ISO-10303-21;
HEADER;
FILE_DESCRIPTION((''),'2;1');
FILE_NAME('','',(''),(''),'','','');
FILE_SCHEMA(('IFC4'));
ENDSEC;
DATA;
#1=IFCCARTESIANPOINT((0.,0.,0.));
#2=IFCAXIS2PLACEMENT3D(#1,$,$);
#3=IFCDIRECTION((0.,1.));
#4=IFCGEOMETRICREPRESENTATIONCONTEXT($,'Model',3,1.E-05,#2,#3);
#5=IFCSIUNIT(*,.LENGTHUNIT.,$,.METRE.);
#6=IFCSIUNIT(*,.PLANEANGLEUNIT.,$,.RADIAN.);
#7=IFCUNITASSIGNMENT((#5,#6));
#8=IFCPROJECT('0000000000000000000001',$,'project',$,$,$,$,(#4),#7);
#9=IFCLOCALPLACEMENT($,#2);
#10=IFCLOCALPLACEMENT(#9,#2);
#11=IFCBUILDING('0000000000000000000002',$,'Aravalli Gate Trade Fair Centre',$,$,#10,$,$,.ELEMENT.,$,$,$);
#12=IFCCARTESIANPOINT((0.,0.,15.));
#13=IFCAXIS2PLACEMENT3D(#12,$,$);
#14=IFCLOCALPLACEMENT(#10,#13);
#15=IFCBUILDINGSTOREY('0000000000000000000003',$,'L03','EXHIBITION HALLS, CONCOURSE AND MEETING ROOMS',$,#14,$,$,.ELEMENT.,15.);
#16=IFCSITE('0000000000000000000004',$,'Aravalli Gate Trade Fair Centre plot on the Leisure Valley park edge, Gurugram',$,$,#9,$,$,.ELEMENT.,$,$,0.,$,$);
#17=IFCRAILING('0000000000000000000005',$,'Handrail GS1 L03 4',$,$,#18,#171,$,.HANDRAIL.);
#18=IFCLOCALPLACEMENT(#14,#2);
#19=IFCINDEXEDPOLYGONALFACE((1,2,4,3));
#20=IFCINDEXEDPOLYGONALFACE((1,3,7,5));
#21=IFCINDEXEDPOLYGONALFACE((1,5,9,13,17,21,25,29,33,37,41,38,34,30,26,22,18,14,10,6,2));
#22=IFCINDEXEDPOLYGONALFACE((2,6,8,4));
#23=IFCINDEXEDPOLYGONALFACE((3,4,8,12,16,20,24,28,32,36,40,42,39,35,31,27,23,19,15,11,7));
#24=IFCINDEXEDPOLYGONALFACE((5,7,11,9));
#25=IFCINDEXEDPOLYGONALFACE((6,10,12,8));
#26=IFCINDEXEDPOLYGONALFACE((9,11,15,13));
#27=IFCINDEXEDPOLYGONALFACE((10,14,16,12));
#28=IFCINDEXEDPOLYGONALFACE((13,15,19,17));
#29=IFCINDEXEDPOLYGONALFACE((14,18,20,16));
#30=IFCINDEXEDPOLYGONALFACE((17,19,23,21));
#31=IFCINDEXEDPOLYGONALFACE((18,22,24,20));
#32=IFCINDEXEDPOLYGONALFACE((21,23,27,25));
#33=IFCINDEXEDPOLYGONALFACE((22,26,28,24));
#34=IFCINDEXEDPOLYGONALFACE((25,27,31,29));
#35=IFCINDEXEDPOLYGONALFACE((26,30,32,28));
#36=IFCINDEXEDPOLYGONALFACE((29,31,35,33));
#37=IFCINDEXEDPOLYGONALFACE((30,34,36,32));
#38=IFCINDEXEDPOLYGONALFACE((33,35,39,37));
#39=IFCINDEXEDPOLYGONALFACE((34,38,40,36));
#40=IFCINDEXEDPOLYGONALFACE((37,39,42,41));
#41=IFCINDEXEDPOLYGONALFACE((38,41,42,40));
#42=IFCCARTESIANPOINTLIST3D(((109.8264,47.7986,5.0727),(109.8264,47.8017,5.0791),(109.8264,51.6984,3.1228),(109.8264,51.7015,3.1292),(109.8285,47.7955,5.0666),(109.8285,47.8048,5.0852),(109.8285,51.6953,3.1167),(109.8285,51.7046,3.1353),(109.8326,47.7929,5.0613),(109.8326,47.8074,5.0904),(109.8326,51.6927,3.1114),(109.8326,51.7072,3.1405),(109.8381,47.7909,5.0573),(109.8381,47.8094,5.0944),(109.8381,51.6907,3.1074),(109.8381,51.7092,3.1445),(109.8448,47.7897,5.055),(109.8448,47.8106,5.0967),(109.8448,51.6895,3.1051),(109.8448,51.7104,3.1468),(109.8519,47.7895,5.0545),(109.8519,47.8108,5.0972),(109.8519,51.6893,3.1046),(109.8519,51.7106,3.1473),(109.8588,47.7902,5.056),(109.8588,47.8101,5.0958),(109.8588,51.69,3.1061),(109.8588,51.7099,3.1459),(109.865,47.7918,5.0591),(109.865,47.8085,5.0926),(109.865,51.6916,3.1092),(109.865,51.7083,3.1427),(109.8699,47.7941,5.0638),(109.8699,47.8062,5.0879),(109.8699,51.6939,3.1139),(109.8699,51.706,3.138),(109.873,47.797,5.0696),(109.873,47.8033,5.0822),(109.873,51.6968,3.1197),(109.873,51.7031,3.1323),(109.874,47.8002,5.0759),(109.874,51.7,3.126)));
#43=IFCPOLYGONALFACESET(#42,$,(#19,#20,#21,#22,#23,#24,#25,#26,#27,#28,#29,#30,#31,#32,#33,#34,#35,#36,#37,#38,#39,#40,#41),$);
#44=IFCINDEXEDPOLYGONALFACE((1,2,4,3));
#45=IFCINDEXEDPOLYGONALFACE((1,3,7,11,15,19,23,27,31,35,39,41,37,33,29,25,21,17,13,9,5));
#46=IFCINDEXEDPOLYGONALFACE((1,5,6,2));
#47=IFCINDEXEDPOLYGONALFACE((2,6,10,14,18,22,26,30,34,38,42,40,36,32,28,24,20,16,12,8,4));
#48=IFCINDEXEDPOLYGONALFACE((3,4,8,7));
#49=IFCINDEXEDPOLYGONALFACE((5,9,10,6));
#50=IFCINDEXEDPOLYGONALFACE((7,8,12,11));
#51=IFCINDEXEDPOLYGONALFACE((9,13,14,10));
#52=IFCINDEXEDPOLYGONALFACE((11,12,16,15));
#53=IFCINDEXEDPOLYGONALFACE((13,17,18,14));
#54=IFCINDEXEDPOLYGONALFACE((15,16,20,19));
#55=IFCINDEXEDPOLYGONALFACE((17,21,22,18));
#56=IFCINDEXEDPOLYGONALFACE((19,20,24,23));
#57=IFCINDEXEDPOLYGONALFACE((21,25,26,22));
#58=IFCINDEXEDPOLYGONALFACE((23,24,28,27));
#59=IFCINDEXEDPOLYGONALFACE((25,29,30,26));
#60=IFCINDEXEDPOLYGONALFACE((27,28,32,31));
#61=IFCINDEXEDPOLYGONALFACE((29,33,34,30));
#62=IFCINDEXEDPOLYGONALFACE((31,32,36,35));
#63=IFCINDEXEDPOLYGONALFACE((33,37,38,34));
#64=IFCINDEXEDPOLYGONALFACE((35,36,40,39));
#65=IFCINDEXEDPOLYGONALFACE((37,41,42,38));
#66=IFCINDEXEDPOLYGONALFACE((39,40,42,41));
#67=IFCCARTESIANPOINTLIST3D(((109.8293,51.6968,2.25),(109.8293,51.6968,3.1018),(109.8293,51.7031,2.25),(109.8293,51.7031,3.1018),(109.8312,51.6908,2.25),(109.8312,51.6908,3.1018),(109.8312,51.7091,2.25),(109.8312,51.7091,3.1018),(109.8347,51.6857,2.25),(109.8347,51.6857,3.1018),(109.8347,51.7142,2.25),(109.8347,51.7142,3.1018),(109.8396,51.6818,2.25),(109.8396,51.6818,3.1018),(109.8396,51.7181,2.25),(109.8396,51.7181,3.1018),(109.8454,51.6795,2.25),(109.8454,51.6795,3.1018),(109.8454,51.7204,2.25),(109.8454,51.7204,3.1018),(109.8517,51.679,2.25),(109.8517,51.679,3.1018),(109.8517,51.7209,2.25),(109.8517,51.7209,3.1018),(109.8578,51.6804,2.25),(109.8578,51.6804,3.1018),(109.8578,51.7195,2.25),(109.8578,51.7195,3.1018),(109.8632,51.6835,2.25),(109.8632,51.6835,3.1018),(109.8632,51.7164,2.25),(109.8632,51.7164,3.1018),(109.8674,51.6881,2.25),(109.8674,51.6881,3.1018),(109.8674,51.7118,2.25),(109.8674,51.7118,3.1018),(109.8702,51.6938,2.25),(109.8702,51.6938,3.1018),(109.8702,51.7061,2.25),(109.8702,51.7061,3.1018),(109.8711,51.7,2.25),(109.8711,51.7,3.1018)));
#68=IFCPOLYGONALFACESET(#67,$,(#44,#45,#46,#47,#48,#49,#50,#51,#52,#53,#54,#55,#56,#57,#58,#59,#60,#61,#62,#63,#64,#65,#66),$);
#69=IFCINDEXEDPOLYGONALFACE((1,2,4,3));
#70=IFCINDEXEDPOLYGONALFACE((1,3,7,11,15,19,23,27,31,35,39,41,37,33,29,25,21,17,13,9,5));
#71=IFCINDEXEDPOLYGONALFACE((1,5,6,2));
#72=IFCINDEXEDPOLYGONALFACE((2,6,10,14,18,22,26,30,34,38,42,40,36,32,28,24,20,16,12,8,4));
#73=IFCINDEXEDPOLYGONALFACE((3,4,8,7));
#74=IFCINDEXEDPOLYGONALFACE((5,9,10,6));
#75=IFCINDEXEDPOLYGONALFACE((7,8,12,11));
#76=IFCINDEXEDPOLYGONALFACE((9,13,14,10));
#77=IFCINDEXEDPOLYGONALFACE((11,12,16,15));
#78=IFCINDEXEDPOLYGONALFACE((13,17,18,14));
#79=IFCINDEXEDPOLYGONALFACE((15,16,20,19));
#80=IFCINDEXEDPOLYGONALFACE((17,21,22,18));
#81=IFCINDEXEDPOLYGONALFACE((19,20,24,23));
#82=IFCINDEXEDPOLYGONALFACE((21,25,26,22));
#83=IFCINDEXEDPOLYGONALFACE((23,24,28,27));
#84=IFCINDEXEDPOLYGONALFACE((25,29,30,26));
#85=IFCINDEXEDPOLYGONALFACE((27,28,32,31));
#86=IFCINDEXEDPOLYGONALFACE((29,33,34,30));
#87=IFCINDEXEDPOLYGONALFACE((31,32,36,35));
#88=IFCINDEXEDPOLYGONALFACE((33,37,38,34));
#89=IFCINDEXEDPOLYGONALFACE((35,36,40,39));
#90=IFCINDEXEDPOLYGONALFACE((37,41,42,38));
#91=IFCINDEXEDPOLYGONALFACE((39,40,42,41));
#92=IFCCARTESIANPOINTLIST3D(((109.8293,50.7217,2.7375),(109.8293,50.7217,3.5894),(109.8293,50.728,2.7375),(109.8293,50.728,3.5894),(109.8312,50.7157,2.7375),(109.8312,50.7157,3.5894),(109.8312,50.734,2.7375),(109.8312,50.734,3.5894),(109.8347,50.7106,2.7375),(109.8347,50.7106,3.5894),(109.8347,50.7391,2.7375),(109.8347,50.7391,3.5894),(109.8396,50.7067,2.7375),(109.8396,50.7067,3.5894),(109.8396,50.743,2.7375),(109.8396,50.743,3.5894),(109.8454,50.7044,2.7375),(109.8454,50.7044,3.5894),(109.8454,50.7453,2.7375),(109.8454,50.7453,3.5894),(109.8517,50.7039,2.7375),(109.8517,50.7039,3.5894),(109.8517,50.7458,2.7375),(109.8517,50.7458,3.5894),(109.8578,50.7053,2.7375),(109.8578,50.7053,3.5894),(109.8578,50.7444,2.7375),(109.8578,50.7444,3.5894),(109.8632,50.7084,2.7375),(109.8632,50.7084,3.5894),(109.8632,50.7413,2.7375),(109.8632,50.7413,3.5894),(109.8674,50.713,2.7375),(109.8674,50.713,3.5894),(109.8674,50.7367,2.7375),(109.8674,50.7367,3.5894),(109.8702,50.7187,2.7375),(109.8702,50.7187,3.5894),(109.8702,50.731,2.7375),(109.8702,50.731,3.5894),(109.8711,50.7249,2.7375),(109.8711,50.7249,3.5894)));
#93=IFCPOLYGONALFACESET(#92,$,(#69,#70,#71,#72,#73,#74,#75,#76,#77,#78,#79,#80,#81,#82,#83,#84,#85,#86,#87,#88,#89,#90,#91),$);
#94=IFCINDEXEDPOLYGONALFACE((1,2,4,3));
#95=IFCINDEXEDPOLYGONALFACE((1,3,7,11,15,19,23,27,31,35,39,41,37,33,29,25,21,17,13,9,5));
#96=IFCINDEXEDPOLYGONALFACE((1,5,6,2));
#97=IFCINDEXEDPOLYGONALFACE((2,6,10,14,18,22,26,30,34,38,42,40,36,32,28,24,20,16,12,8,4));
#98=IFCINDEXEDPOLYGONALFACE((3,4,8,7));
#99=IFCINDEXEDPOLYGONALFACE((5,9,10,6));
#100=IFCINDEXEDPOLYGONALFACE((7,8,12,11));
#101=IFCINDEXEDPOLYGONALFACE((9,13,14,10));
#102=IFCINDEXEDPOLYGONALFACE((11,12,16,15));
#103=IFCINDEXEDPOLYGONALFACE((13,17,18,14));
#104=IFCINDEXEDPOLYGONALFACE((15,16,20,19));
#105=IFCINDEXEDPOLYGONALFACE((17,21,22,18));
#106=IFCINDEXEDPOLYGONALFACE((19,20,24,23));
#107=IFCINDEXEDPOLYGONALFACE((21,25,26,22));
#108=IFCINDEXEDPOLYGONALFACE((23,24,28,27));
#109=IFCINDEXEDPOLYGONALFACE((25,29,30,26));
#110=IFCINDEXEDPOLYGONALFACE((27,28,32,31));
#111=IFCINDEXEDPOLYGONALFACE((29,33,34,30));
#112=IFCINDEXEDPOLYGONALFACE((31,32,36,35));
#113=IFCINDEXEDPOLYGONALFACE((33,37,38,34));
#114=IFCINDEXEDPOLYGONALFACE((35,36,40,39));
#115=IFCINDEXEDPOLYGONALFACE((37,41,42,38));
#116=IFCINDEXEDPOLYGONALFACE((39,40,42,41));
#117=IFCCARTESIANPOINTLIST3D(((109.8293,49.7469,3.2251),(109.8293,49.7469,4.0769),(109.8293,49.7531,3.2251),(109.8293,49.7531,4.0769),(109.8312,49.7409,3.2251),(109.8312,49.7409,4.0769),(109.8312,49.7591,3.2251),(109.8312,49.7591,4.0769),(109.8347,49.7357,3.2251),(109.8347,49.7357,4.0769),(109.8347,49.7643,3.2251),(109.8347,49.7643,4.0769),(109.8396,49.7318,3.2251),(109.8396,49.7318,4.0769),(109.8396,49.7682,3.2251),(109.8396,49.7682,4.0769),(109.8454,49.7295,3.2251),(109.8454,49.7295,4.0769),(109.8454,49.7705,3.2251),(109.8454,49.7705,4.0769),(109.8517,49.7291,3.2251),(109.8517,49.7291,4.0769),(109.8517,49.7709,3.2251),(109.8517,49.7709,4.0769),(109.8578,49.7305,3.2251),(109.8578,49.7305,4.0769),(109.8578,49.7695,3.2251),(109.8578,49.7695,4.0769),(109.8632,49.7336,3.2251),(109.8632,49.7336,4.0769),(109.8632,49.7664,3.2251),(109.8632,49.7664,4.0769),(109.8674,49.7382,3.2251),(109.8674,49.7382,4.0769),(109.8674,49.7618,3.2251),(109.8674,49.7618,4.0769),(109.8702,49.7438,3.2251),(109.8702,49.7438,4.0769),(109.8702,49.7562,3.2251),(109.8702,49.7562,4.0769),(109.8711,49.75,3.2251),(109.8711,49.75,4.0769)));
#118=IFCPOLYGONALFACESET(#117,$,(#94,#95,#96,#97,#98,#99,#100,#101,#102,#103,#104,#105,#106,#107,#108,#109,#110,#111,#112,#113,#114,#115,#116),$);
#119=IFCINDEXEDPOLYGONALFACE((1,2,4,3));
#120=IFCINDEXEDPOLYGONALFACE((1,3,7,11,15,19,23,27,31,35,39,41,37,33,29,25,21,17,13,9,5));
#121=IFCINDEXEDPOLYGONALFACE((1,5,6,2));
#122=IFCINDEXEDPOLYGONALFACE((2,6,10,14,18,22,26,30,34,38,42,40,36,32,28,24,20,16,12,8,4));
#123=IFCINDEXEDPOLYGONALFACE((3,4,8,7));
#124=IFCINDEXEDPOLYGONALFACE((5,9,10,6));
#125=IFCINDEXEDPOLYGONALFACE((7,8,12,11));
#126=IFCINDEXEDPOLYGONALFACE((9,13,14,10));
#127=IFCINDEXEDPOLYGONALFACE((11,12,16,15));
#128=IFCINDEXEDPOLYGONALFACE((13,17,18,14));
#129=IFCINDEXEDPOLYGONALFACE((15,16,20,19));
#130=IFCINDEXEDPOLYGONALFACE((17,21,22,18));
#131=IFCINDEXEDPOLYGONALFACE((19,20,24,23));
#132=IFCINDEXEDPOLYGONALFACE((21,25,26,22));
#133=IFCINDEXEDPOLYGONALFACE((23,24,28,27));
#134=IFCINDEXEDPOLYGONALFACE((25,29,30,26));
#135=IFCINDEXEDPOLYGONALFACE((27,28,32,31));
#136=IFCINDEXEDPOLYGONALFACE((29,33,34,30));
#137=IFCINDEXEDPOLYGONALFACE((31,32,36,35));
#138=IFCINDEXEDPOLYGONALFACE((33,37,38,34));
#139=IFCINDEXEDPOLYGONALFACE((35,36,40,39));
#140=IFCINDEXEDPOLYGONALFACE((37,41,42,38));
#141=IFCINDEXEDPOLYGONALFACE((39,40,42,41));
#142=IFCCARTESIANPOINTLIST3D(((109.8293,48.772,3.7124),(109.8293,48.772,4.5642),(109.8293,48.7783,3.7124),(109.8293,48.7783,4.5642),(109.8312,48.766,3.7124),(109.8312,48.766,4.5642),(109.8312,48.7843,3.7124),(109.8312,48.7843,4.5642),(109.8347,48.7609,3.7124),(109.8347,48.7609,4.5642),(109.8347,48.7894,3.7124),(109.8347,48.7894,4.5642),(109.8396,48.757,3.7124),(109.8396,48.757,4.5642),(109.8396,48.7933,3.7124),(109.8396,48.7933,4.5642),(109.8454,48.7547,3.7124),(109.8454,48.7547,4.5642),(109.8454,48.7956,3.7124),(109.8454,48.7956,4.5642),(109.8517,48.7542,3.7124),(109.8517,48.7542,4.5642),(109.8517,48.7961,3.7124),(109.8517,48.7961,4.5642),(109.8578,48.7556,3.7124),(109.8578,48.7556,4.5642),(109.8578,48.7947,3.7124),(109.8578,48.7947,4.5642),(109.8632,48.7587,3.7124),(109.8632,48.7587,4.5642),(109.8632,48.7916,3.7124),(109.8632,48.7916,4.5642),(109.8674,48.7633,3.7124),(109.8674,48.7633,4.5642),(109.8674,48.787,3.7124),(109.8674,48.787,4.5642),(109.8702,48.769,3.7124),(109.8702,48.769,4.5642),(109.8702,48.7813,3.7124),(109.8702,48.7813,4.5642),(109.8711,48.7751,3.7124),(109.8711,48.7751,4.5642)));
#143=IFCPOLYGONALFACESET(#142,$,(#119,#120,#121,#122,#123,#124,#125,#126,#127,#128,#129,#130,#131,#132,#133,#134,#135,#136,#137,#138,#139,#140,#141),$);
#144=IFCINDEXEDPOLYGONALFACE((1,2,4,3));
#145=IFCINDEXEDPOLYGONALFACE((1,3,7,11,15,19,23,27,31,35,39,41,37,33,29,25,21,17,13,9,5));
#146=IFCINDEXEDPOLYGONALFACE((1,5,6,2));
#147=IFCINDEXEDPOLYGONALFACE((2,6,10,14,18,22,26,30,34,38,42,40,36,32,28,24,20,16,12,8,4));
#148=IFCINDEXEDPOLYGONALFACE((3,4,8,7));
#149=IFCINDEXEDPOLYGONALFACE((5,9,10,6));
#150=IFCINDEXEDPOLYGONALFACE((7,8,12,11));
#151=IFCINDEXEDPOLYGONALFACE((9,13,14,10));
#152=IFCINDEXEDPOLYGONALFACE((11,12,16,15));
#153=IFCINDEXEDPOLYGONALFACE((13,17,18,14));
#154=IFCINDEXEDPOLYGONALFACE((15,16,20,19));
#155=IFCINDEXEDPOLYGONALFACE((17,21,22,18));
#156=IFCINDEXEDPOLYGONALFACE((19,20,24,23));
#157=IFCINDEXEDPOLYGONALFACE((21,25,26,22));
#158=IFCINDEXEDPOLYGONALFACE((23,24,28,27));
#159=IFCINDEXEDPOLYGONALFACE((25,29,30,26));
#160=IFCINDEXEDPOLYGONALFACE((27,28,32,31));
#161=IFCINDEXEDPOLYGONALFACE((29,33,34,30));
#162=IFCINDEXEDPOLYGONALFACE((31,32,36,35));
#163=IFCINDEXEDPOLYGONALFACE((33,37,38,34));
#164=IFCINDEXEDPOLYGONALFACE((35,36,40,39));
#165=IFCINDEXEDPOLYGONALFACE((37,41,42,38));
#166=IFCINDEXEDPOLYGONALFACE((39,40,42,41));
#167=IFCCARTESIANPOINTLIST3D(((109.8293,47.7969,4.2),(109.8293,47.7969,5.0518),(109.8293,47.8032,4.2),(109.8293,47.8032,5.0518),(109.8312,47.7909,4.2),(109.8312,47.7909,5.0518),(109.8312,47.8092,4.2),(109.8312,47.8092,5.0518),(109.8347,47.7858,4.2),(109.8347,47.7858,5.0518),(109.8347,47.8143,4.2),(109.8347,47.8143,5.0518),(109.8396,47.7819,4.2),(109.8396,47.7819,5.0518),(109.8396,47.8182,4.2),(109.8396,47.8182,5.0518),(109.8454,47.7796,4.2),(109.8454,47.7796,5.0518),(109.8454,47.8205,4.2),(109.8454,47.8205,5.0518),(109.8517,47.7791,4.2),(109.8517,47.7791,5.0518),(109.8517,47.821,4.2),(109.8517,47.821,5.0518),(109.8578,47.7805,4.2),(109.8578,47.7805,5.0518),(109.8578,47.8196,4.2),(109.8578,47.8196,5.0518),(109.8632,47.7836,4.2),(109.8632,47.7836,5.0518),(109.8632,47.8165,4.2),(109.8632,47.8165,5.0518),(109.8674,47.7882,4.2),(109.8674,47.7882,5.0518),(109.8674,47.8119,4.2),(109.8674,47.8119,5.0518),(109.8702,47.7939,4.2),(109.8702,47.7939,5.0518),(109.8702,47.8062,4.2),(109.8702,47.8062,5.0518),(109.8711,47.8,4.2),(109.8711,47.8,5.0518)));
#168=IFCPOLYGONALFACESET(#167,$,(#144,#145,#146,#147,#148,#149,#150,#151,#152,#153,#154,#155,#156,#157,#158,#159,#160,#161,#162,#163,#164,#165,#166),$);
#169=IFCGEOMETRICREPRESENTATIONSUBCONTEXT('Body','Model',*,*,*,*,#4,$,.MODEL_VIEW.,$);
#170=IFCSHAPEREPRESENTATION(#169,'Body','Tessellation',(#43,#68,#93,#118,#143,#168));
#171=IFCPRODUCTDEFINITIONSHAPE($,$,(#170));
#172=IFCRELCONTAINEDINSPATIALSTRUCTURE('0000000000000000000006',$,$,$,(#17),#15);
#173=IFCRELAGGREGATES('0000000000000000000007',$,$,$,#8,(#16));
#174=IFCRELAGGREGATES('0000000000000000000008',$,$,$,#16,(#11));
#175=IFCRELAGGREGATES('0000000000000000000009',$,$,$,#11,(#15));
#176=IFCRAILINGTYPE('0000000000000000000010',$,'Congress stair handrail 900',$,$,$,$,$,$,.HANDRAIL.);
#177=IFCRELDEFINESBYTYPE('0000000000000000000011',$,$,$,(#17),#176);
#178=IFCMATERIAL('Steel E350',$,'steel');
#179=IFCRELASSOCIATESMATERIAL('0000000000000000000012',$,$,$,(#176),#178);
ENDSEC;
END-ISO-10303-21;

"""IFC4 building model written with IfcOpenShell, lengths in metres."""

from ifc_helpers import new_model, si_unit, direction, frame, origin, origin_2d, place, context, subcontext, project, spatial, circle, extrude, material, type_object, element, save


model = new_model("IFC4")

# Units and contexts
model_context = context("Model", 3, precision=1e-05, world=origin(), true_north=direction((0.0, 1.0)))
body_context = subcontext(model_context, "Body", "Model", "MODEL_VIEW")
ifc_project = project(units=[si_unit("LENGTHUNIT", "METRE"), si_unit("PLANEANGLEUNIT", "RADIAN")], contexts=[model_context])

# Site, building, storey
site_placement = place(None, origin())
site = spatial("IfcSite", under=ifc_project, at=site_placement, Name="Aravalli Gate Trade Fair Centre plot on the Leisure Valley park edge, Gurugram", CompositionType="ELEMENT", RefElevation=0.0)
building_placement = place(site_placement, origin())
building = spatial("IfcBuilding", under=site, at=building_placement, Name="Aravalli Gate Trade Fair Centre", CompositionType="ELEMENT")
storey_placement = place(building_placement, frame((0.0, 0.0, 15.0)))
storey = spatial("IfcBuildingStorey", under=building, at=storey_placement, Name="L03", Description="EXHIBITION HALLS, CONCOURSE AND MEETING ROOMS", CompositionType="ELEMENT", Elevation=15.0)

# Railing
ifc_material_1 = material(Name="Steel E350", Category="steel")
railing_type_1 = type_object("IfcRailingType", Name="Congress stair handrail 900", PredefinedType="HANDRAIL", material=ifc_material_1)
for number, where, name in (
    (1, (109.8501, 51.7, 2.25), "Handrail GS1 L03 4"),
):
    element("IfcRailing", number, at=place(storey_placement, frame(where)), inside=storey, type_object=railing_type_1, Name=name, PredefinedType="HANDRAIL", context=body_context, shape_type="SweptSolid", body=[
        extrude(circle(Radius=0.0239, at=origin_2d()), frame((0.0, 0.0, 0.876), z_axis=(0.0, -0.894427, 0.447214), x_axis=(1.0, 0.0, 0.0)), (0.0, 0.0, 1.0), 4.3601),
        extrude(circle(Radius=0.021, at=origin_2d()), origin(), (0.0, 0.0, 1.0), 0.8518),
        extrude(circle(Radius=0.021, at=origin_2d()), frame((0.0, -0.9751, 0.4875)), (0.0, 0.0, 1.0), 0.8518),
        extrude(circle(Radius=0.021, at=origin_2d()), frame((0.0, -1.95, 0.9751)), (0.0, 0.0, 1.0), 0.8518),
        extrude(circle(Radius=0.021, at=origin_2d()), frame((0.0, -2.9248, 1.4624)), (0.0, 0.0, 1.0), 0.8518),
        extrude(circle(Radius=0.021, at=origin_2d()), frame((0.0, -3.8999, 1.95)), (0.0, 0.0, 1.0), 0.8518),
    ])

save(model, "model.ifc")
